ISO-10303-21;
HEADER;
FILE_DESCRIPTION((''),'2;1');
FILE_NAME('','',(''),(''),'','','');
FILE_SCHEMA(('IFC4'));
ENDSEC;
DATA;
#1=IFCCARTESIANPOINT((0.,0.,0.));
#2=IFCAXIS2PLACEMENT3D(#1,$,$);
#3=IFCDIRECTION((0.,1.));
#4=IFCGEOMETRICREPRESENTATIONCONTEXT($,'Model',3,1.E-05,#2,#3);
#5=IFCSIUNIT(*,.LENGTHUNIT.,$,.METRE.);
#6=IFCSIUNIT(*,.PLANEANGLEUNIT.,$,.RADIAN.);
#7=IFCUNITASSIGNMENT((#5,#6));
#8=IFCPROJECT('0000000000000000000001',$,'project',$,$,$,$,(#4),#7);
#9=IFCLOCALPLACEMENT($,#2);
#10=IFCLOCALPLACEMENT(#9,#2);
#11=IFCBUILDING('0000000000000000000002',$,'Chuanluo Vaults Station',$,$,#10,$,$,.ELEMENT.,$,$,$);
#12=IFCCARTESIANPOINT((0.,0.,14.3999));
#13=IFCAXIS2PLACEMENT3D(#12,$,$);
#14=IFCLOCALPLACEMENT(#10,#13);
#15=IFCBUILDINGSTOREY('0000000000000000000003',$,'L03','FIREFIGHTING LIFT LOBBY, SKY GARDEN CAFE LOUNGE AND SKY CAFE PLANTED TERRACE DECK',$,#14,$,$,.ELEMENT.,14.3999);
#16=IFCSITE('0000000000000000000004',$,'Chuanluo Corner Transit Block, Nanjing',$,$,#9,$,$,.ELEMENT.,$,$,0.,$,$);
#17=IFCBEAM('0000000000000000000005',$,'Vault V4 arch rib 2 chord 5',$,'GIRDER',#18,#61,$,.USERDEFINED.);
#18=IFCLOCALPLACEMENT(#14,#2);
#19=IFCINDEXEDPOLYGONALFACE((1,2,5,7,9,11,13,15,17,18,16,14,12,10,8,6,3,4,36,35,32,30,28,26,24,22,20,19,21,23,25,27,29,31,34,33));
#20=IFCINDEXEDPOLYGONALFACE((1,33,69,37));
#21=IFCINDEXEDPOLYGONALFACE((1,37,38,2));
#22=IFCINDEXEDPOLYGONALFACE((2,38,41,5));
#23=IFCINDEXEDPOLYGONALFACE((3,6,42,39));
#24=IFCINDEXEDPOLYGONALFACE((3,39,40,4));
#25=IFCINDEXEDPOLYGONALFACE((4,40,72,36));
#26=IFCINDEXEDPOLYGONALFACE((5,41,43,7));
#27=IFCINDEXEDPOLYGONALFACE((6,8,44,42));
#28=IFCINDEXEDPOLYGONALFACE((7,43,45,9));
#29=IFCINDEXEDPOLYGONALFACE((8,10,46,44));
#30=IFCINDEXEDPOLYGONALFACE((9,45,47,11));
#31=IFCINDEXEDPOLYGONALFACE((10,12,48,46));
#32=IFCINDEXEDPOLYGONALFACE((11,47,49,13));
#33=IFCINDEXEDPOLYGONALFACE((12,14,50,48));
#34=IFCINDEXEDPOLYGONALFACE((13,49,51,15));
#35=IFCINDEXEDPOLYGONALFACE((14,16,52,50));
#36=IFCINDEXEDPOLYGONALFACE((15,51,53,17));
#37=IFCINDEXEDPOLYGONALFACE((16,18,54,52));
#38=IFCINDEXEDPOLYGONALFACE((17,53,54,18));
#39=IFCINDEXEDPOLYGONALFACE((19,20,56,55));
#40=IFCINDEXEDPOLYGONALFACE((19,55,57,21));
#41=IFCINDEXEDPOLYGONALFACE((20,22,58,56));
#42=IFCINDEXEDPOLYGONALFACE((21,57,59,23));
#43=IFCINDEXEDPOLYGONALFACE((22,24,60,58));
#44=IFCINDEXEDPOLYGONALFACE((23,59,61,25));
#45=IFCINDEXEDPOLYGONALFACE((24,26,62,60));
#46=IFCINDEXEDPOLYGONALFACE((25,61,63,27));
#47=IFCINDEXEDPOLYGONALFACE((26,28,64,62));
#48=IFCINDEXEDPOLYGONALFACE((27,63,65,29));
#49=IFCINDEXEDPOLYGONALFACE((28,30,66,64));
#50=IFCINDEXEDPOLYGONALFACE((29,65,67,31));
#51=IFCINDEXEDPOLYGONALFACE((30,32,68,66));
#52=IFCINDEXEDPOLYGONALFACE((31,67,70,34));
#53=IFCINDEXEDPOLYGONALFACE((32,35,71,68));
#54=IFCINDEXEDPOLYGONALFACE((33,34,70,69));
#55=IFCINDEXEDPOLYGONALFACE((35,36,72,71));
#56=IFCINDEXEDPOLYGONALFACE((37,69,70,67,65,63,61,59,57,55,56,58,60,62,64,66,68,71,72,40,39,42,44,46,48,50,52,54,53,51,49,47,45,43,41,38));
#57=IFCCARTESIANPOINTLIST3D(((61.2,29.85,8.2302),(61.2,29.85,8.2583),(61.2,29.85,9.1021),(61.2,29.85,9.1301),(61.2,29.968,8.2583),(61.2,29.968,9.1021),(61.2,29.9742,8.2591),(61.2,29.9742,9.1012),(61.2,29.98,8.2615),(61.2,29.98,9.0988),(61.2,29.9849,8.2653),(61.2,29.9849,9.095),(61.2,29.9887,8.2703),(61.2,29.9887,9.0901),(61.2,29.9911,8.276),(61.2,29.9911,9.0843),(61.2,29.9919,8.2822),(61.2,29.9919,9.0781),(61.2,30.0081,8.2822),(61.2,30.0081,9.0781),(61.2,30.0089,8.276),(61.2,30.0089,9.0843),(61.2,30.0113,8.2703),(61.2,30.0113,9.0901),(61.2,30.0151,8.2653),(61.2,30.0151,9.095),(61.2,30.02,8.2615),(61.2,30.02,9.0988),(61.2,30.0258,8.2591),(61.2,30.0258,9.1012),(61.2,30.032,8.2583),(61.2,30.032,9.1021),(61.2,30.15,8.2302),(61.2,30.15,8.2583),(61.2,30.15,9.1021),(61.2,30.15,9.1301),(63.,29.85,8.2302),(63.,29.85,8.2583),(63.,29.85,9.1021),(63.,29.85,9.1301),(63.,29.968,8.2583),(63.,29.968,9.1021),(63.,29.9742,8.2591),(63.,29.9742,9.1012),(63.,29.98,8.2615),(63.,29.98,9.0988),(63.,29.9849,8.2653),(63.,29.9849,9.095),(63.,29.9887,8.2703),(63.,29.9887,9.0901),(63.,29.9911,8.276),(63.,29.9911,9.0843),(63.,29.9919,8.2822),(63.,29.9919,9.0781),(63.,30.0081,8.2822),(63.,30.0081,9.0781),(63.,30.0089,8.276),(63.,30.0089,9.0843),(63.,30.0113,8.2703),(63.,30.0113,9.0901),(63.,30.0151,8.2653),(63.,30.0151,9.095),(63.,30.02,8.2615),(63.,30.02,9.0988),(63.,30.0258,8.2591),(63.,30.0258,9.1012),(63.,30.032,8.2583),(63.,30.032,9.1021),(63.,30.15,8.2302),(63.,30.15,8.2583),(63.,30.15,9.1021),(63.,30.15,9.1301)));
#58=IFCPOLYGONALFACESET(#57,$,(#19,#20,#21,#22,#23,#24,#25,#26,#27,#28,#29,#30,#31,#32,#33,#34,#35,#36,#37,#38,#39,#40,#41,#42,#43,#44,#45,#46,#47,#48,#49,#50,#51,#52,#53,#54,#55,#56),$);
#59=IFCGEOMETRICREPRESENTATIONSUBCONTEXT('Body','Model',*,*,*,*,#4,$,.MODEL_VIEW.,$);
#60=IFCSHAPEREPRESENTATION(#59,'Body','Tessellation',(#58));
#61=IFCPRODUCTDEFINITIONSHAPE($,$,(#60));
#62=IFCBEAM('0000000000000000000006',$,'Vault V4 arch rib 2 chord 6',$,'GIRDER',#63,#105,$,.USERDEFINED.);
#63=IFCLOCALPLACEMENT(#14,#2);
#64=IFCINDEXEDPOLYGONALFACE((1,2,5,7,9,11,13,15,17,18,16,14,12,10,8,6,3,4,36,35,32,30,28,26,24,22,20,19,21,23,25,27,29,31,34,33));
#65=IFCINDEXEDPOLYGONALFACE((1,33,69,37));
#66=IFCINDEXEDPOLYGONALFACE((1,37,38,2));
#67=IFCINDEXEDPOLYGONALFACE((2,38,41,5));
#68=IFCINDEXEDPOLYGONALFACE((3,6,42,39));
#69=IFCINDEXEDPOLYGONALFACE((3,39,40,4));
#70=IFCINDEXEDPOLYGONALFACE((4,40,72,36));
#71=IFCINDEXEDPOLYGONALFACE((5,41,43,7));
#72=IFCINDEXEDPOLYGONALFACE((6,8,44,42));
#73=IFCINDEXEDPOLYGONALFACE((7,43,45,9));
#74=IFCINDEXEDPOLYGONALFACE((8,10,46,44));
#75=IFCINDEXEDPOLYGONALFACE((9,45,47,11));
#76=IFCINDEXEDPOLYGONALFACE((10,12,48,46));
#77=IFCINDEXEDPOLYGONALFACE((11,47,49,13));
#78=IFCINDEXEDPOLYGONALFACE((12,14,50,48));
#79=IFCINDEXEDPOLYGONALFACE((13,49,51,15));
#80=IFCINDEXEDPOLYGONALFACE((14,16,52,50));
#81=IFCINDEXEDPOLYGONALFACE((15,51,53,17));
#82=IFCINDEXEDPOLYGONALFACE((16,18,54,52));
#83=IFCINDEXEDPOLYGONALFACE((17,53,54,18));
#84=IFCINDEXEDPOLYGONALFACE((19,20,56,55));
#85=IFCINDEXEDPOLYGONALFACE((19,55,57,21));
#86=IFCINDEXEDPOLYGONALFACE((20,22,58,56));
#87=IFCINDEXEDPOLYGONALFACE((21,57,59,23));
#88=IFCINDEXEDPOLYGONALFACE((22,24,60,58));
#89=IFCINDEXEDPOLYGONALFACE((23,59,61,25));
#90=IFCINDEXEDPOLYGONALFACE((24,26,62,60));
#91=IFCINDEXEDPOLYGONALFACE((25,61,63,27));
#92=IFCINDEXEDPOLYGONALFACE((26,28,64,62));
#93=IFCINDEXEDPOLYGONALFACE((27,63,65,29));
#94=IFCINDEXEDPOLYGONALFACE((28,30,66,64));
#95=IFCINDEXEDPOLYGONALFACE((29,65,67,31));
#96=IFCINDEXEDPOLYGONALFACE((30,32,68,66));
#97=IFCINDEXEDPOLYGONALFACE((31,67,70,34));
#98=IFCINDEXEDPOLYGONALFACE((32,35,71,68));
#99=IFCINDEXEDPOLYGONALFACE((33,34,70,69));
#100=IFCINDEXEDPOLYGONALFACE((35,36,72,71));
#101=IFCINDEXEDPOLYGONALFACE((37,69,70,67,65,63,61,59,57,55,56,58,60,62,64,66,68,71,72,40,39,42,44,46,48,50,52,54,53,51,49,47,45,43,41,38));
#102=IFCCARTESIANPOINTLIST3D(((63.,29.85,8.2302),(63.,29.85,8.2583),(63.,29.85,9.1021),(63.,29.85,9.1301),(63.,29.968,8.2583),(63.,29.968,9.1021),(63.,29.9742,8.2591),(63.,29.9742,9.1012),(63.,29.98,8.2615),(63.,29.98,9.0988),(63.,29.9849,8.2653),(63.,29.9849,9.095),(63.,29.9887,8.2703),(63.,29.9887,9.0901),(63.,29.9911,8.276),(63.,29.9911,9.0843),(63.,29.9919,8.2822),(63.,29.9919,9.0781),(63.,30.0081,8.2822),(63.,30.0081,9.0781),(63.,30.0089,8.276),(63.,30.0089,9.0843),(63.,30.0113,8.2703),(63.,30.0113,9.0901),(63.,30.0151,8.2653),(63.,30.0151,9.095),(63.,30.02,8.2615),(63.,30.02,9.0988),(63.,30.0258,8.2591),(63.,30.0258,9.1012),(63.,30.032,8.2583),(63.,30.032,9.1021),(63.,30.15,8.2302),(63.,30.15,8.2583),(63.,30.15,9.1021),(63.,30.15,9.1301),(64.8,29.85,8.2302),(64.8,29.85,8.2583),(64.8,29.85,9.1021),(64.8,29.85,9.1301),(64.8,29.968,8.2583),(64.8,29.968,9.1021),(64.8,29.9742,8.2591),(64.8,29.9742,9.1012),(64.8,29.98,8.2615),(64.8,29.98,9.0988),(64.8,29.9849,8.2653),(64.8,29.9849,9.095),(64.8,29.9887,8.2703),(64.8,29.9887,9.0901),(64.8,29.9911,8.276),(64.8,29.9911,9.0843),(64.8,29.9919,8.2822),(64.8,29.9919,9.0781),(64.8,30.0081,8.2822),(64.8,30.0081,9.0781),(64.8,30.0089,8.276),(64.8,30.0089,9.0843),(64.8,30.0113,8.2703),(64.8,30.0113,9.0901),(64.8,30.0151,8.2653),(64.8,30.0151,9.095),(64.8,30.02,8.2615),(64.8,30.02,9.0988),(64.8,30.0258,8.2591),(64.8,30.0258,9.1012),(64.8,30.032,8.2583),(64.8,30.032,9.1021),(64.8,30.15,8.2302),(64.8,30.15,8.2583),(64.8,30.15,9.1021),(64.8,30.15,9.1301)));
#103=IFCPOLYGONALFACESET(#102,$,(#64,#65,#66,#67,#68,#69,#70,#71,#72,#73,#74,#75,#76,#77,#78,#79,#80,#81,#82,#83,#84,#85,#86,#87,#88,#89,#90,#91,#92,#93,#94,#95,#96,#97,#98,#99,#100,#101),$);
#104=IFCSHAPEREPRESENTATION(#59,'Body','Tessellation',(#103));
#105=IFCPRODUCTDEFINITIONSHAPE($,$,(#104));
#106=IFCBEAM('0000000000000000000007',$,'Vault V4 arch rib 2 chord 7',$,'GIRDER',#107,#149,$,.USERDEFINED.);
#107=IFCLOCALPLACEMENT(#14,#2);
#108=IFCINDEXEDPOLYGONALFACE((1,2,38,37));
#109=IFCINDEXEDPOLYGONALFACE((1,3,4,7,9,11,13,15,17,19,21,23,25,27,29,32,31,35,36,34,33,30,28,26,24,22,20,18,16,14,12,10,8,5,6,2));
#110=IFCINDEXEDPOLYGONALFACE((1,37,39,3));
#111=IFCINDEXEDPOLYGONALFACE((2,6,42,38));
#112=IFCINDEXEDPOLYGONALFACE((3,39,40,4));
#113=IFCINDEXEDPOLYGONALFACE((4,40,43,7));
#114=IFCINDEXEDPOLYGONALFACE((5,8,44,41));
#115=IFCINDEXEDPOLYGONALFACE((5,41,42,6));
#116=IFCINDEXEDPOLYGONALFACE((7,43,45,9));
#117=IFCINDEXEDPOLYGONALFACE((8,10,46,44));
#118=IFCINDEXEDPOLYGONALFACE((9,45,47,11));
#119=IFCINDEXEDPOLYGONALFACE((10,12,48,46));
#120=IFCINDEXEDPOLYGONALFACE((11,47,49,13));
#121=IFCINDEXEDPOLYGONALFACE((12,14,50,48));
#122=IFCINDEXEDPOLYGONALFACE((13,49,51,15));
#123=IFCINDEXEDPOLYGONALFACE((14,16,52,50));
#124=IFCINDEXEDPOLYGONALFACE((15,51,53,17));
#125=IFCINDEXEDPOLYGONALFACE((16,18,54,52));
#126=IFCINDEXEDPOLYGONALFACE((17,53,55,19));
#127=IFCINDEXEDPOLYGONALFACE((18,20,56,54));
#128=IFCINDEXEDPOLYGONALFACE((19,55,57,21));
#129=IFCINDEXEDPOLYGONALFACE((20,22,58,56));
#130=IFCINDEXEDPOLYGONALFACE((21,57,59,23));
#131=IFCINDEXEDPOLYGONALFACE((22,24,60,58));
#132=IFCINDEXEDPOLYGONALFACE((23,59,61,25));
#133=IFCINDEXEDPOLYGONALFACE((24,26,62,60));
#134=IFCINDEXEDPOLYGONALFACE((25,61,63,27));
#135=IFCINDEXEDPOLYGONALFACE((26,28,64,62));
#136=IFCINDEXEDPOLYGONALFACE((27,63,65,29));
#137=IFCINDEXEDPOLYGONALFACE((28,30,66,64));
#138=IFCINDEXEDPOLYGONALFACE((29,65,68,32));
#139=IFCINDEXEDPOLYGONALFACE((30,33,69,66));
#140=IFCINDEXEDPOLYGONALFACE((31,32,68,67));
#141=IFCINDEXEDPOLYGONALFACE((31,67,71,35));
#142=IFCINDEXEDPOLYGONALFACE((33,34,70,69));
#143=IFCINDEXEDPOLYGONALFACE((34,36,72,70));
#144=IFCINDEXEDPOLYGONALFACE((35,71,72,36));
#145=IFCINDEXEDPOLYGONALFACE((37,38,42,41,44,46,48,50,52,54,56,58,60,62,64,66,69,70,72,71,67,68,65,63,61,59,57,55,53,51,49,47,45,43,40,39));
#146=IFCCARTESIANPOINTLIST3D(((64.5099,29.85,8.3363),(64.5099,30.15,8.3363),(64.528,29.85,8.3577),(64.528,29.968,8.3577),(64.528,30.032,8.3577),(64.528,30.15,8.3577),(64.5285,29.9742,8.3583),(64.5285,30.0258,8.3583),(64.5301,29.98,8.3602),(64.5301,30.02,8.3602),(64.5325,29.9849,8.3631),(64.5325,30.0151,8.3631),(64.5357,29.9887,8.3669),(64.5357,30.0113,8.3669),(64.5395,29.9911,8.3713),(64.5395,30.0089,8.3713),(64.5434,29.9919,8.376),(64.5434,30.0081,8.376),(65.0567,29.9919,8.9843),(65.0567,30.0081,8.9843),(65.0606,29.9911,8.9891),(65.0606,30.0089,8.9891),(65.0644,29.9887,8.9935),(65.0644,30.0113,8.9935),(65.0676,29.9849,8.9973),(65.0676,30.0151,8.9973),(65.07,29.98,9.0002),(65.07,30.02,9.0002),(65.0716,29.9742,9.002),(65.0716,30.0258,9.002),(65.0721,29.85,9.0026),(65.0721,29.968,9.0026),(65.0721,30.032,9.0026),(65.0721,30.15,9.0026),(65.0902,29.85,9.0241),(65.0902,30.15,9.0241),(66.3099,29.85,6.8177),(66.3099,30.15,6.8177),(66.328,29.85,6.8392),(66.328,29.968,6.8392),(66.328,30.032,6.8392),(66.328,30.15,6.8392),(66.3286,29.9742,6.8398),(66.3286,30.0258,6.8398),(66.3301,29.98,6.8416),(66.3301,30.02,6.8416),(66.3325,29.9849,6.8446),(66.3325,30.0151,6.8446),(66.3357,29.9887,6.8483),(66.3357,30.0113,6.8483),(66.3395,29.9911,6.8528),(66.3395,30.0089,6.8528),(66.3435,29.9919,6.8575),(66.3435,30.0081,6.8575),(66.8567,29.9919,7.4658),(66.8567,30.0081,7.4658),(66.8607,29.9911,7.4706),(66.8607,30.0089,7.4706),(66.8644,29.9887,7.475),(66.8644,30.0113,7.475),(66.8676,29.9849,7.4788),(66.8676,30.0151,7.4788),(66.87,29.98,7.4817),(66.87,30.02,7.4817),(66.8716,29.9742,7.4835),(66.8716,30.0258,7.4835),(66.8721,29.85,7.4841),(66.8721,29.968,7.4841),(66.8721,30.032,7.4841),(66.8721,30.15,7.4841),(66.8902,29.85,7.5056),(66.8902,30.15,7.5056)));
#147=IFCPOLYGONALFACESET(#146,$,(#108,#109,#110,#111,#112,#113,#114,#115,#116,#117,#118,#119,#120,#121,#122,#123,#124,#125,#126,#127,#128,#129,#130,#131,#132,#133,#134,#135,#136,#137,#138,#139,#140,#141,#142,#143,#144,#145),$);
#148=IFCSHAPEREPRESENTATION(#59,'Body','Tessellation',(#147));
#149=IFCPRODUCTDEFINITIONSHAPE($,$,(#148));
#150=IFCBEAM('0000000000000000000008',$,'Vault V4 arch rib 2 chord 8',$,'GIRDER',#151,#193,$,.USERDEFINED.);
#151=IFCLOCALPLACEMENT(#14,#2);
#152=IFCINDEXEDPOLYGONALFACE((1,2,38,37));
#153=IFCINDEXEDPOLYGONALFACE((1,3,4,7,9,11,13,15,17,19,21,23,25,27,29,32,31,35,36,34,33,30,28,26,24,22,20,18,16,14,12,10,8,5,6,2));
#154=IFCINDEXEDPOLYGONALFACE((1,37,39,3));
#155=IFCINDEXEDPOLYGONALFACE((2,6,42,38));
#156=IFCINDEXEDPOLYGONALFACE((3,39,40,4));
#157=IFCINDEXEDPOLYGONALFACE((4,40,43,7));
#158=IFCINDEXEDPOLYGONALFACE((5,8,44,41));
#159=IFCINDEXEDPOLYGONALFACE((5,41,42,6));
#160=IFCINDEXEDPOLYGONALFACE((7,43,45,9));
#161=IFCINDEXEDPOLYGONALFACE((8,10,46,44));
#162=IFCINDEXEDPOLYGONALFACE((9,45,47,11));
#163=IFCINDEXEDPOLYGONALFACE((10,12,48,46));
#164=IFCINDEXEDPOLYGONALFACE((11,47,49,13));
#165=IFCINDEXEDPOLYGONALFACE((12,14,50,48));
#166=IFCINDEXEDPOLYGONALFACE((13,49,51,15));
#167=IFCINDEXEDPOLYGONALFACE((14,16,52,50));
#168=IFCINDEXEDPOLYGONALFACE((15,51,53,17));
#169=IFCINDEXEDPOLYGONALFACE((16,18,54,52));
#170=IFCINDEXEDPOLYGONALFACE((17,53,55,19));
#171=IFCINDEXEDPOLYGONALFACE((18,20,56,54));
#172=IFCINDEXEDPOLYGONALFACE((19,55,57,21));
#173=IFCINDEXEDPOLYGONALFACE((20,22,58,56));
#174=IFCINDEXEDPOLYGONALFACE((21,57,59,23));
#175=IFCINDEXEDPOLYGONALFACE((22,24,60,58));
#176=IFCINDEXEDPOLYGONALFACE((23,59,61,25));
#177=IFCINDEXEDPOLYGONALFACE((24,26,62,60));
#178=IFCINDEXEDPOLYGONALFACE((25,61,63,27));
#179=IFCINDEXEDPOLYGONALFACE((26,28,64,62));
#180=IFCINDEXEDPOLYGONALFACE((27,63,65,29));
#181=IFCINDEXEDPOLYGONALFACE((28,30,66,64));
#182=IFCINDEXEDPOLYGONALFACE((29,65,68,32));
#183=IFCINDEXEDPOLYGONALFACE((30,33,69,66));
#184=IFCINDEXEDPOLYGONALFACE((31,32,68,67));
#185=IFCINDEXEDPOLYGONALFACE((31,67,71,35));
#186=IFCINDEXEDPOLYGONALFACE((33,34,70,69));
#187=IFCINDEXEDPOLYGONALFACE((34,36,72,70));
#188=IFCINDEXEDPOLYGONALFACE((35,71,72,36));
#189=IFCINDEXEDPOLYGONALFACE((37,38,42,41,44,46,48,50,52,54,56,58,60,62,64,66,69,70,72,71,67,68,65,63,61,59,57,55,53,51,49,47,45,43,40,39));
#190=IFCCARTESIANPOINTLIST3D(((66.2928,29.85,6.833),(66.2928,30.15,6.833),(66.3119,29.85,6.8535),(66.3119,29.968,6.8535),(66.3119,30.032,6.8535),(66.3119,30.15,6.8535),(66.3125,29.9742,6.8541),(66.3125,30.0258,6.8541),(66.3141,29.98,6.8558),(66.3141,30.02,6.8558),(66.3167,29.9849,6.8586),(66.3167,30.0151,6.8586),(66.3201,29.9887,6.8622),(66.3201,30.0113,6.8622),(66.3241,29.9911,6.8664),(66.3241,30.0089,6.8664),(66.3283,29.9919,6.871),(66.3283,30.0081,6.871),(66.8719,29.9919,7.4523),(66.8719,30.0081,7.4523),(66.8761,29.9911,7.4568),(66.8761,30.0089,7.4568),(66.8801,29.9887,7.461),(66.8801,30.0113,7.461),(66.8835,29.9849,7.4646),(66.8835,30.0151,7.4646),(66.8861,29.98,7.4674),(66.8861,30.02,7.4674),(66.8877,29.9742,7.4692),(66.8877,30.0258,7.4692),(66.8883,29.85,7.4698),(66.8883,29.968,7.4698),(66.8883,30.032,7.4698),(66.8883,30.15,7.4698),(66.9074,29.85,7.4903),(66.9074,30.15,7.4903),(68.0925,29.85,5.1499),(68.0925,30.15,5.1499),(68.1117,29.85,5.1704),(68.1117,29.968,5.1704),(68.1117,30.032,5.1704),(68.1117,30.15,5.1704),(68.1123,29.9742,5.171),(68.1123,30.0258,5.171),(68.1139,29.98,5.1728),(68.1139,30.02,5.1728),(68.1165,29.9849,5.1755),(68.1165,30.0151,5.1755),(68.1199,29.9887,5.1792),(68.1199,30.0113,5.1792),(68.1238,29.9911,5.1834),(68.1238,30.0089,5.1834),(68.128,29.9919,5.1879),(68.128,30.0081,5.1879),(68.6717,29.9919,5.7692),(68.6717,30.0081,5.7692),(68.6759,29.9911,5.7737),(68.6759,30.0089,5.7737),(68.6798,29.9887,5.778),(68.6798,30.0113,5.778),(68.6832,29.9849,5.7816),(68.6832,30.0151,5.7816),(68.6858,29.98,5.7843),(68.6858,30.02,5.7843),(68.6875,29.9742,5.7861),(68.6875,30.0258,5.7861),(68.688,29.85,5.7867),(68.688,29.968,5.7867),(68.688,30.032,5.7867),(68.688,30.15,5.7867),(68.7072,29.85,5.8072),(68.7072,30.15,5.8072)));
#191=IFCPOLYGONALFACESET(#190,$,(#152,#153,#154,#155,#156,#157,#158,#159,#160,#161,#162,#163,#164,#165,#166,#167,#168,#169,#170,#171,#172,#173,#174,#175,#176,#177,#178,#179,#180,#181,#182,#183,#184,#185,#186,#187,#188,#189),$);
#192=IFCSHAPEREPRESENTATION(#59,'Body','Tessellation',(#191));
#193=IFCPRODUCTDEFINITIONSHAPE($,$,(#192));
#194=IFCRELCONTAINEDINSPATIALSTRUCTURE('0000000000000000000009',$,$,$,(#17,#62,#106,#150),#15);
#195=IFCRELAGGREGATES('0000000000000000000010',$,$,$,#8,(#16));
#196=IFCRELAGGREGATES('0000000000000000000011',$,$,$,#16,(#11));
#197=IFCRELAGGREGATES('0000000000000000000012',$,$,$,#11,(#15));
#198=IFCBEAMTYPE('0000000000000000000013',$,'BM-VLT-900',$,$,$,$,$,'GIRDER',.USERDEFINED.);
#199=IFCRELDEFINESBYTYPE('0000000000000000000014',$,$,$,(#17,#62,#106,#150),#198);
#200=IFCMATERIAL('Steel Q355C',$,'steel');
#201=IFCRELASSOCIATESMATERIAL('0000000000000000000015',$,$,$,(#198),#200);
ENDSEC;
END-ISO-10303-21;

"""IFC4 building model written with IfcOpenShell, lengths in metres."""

from ifc_helpers import new_model, si_unit, direction, frame, origin, origin_2d, place, context, subcontext, project, spatial, i_section, extrude, material, material_profile, profile_set, type_object, element, save


model = new_model("IFC4")

# Units and contexts
model_context = context("Model", 3, precision=1e-05, world=origin(), true_north=direction((0.0, 1.0)))
body_context = subcontext(model_context, "Body", "Model", "MODEL_VIEW")
ifc_project = project(units=[si_unit("LENGTHUNIT", "METRE"), si_unit("PLANEANGLEUNIT", "RADIAN")], contexts=[model_context])

# Site, building, storey
site_placement = place(None, origin())
site = spatial("IfcSite", under=ifc_project, at=site_placement, Name="Chuanluo Corner Transit Block, Nanjing", CompositionType="ELEMENT", RefElevation=0.0)
building_placement = place(site_placement, origin())
building = spatial("IfcBuilding", under=site, at=building_placement, Name="Chuanluo Vaults Station", CompositionType="ELEMENT")
storey_placement = place(building_placement, frame((0.0, 0.0, 14.3999)))
storey = spatial("IfcBuildingStorey", under=building, at=storey_placement, Name="L03", Description="FIREFIGHTING LIFT LOBBY, SKY GARDEN CAFE LOUNGE AND SKY CAFE PLANTED TERRACE DECK", CompositionType="ELEMENT", Elevation=14.3999)

# Beams
ifc_material_1 = material(Name="Steel Q355C", Category="steel")
ifc_material_profile_1 = material_profile(ifc_material_1, i_section(OverallWidth=0.3, OverallDepth=0.8999, WebThickness=0.0161, FlangeThickness=0.0281, FilletRadius=0.0239, at=origin_2d()))
ifc_profile_set_1 = profile_set([ifc_material_profile_1], Name="Steel Q355C")
beam_type = type_object("IfcBeamType", Name="BM-VLT-900", ElementType="GIRDER", PredefinedType="USERDEFINED", material=ifc_profile_set_1)
for number, where, z_axis, x_axis, name in (
    (1, (61.2, 30.0, 8.6802), (1.0, 0.0, 0.0), (0.0, 1.0, 0.0), "Vault V4 arch rib 2 chord 5"),
    (2, (63.0, 30.0, 8.6802), (1.0, 0.0, 0.0), (0.0, 1.0, 0.0), "Vault V4 arch rib 2 chord 6"),
):
    element("IfcBeam", number, at=place(storey_placement, frame(where, z_axis=z_axis, x_axis=x_axis)), inside=storey, type_object=beam_type, Name=name, ObjectType="GIRDER", PredefinedType="USERDEFINED", context=body_context, shape_type="SweptSolid", body=[
        extrude(i_section(OverallWidth=0.3, OverallDepth=0.8999, WebThickness=0.0161, FlangeThickness=0.0281, FilletRadius=0.0239, at=origin_2d()), origin(), (0.0, 0.0, 1.0), 1.8),
    ])
beam_1_placement = place(storey_placement, frame((64.8, 30.0, 8.6802), z_axis=(0.764341, 0.0, -0.644812), x_axis=(0.0, 1.0, 0.0)))
element("IfcBeam", 3, at=beam_1_placement, inside=storey, type_object=beam_type, Name="Vault V4 arch rib 2 chord 7", ObjectType="GIRDER", PredefinedType="USERDEFINED", context=body_context, shape_type="SweptSolid", body=[
    extrude(i_section(OverallWidth=0.3, OverallDepth=0.8999, WebThickness=0.0161, FlangeThickness=0.0281, FilletRadius=0.0239, at=origin_2d()), origin(), (0.0, 0.0, 1.0), 2.355),
])
beam_2_placement = place(storey_placement, frame((66.6001, 30.0, 7.1616), z_axis=(0.730389, 0.0, -0.683031), x_axis=(0.0, 1.0, 0.0)))
element("IfcBeam", 4, at=beam_2_placement, inside=storey, type_object=beam_type, Name="Vault V4 arch rib 2 chord 8", ObjectType="GIRDER", PredefinedType="USERDEFINED", context=body_context, shape_type="SweptSolid", body=[
    extrude(i_section(OverallWidth=0.3, OverallDepth=0.8999, WebThickness=0.0161, FlangeThickness=0.0281, FilletRadius=0.0239, at=origin_2d()), origin(), (0.0, 0.0, 1.0), 2.4641),
])

save(model, "model.ifc")
